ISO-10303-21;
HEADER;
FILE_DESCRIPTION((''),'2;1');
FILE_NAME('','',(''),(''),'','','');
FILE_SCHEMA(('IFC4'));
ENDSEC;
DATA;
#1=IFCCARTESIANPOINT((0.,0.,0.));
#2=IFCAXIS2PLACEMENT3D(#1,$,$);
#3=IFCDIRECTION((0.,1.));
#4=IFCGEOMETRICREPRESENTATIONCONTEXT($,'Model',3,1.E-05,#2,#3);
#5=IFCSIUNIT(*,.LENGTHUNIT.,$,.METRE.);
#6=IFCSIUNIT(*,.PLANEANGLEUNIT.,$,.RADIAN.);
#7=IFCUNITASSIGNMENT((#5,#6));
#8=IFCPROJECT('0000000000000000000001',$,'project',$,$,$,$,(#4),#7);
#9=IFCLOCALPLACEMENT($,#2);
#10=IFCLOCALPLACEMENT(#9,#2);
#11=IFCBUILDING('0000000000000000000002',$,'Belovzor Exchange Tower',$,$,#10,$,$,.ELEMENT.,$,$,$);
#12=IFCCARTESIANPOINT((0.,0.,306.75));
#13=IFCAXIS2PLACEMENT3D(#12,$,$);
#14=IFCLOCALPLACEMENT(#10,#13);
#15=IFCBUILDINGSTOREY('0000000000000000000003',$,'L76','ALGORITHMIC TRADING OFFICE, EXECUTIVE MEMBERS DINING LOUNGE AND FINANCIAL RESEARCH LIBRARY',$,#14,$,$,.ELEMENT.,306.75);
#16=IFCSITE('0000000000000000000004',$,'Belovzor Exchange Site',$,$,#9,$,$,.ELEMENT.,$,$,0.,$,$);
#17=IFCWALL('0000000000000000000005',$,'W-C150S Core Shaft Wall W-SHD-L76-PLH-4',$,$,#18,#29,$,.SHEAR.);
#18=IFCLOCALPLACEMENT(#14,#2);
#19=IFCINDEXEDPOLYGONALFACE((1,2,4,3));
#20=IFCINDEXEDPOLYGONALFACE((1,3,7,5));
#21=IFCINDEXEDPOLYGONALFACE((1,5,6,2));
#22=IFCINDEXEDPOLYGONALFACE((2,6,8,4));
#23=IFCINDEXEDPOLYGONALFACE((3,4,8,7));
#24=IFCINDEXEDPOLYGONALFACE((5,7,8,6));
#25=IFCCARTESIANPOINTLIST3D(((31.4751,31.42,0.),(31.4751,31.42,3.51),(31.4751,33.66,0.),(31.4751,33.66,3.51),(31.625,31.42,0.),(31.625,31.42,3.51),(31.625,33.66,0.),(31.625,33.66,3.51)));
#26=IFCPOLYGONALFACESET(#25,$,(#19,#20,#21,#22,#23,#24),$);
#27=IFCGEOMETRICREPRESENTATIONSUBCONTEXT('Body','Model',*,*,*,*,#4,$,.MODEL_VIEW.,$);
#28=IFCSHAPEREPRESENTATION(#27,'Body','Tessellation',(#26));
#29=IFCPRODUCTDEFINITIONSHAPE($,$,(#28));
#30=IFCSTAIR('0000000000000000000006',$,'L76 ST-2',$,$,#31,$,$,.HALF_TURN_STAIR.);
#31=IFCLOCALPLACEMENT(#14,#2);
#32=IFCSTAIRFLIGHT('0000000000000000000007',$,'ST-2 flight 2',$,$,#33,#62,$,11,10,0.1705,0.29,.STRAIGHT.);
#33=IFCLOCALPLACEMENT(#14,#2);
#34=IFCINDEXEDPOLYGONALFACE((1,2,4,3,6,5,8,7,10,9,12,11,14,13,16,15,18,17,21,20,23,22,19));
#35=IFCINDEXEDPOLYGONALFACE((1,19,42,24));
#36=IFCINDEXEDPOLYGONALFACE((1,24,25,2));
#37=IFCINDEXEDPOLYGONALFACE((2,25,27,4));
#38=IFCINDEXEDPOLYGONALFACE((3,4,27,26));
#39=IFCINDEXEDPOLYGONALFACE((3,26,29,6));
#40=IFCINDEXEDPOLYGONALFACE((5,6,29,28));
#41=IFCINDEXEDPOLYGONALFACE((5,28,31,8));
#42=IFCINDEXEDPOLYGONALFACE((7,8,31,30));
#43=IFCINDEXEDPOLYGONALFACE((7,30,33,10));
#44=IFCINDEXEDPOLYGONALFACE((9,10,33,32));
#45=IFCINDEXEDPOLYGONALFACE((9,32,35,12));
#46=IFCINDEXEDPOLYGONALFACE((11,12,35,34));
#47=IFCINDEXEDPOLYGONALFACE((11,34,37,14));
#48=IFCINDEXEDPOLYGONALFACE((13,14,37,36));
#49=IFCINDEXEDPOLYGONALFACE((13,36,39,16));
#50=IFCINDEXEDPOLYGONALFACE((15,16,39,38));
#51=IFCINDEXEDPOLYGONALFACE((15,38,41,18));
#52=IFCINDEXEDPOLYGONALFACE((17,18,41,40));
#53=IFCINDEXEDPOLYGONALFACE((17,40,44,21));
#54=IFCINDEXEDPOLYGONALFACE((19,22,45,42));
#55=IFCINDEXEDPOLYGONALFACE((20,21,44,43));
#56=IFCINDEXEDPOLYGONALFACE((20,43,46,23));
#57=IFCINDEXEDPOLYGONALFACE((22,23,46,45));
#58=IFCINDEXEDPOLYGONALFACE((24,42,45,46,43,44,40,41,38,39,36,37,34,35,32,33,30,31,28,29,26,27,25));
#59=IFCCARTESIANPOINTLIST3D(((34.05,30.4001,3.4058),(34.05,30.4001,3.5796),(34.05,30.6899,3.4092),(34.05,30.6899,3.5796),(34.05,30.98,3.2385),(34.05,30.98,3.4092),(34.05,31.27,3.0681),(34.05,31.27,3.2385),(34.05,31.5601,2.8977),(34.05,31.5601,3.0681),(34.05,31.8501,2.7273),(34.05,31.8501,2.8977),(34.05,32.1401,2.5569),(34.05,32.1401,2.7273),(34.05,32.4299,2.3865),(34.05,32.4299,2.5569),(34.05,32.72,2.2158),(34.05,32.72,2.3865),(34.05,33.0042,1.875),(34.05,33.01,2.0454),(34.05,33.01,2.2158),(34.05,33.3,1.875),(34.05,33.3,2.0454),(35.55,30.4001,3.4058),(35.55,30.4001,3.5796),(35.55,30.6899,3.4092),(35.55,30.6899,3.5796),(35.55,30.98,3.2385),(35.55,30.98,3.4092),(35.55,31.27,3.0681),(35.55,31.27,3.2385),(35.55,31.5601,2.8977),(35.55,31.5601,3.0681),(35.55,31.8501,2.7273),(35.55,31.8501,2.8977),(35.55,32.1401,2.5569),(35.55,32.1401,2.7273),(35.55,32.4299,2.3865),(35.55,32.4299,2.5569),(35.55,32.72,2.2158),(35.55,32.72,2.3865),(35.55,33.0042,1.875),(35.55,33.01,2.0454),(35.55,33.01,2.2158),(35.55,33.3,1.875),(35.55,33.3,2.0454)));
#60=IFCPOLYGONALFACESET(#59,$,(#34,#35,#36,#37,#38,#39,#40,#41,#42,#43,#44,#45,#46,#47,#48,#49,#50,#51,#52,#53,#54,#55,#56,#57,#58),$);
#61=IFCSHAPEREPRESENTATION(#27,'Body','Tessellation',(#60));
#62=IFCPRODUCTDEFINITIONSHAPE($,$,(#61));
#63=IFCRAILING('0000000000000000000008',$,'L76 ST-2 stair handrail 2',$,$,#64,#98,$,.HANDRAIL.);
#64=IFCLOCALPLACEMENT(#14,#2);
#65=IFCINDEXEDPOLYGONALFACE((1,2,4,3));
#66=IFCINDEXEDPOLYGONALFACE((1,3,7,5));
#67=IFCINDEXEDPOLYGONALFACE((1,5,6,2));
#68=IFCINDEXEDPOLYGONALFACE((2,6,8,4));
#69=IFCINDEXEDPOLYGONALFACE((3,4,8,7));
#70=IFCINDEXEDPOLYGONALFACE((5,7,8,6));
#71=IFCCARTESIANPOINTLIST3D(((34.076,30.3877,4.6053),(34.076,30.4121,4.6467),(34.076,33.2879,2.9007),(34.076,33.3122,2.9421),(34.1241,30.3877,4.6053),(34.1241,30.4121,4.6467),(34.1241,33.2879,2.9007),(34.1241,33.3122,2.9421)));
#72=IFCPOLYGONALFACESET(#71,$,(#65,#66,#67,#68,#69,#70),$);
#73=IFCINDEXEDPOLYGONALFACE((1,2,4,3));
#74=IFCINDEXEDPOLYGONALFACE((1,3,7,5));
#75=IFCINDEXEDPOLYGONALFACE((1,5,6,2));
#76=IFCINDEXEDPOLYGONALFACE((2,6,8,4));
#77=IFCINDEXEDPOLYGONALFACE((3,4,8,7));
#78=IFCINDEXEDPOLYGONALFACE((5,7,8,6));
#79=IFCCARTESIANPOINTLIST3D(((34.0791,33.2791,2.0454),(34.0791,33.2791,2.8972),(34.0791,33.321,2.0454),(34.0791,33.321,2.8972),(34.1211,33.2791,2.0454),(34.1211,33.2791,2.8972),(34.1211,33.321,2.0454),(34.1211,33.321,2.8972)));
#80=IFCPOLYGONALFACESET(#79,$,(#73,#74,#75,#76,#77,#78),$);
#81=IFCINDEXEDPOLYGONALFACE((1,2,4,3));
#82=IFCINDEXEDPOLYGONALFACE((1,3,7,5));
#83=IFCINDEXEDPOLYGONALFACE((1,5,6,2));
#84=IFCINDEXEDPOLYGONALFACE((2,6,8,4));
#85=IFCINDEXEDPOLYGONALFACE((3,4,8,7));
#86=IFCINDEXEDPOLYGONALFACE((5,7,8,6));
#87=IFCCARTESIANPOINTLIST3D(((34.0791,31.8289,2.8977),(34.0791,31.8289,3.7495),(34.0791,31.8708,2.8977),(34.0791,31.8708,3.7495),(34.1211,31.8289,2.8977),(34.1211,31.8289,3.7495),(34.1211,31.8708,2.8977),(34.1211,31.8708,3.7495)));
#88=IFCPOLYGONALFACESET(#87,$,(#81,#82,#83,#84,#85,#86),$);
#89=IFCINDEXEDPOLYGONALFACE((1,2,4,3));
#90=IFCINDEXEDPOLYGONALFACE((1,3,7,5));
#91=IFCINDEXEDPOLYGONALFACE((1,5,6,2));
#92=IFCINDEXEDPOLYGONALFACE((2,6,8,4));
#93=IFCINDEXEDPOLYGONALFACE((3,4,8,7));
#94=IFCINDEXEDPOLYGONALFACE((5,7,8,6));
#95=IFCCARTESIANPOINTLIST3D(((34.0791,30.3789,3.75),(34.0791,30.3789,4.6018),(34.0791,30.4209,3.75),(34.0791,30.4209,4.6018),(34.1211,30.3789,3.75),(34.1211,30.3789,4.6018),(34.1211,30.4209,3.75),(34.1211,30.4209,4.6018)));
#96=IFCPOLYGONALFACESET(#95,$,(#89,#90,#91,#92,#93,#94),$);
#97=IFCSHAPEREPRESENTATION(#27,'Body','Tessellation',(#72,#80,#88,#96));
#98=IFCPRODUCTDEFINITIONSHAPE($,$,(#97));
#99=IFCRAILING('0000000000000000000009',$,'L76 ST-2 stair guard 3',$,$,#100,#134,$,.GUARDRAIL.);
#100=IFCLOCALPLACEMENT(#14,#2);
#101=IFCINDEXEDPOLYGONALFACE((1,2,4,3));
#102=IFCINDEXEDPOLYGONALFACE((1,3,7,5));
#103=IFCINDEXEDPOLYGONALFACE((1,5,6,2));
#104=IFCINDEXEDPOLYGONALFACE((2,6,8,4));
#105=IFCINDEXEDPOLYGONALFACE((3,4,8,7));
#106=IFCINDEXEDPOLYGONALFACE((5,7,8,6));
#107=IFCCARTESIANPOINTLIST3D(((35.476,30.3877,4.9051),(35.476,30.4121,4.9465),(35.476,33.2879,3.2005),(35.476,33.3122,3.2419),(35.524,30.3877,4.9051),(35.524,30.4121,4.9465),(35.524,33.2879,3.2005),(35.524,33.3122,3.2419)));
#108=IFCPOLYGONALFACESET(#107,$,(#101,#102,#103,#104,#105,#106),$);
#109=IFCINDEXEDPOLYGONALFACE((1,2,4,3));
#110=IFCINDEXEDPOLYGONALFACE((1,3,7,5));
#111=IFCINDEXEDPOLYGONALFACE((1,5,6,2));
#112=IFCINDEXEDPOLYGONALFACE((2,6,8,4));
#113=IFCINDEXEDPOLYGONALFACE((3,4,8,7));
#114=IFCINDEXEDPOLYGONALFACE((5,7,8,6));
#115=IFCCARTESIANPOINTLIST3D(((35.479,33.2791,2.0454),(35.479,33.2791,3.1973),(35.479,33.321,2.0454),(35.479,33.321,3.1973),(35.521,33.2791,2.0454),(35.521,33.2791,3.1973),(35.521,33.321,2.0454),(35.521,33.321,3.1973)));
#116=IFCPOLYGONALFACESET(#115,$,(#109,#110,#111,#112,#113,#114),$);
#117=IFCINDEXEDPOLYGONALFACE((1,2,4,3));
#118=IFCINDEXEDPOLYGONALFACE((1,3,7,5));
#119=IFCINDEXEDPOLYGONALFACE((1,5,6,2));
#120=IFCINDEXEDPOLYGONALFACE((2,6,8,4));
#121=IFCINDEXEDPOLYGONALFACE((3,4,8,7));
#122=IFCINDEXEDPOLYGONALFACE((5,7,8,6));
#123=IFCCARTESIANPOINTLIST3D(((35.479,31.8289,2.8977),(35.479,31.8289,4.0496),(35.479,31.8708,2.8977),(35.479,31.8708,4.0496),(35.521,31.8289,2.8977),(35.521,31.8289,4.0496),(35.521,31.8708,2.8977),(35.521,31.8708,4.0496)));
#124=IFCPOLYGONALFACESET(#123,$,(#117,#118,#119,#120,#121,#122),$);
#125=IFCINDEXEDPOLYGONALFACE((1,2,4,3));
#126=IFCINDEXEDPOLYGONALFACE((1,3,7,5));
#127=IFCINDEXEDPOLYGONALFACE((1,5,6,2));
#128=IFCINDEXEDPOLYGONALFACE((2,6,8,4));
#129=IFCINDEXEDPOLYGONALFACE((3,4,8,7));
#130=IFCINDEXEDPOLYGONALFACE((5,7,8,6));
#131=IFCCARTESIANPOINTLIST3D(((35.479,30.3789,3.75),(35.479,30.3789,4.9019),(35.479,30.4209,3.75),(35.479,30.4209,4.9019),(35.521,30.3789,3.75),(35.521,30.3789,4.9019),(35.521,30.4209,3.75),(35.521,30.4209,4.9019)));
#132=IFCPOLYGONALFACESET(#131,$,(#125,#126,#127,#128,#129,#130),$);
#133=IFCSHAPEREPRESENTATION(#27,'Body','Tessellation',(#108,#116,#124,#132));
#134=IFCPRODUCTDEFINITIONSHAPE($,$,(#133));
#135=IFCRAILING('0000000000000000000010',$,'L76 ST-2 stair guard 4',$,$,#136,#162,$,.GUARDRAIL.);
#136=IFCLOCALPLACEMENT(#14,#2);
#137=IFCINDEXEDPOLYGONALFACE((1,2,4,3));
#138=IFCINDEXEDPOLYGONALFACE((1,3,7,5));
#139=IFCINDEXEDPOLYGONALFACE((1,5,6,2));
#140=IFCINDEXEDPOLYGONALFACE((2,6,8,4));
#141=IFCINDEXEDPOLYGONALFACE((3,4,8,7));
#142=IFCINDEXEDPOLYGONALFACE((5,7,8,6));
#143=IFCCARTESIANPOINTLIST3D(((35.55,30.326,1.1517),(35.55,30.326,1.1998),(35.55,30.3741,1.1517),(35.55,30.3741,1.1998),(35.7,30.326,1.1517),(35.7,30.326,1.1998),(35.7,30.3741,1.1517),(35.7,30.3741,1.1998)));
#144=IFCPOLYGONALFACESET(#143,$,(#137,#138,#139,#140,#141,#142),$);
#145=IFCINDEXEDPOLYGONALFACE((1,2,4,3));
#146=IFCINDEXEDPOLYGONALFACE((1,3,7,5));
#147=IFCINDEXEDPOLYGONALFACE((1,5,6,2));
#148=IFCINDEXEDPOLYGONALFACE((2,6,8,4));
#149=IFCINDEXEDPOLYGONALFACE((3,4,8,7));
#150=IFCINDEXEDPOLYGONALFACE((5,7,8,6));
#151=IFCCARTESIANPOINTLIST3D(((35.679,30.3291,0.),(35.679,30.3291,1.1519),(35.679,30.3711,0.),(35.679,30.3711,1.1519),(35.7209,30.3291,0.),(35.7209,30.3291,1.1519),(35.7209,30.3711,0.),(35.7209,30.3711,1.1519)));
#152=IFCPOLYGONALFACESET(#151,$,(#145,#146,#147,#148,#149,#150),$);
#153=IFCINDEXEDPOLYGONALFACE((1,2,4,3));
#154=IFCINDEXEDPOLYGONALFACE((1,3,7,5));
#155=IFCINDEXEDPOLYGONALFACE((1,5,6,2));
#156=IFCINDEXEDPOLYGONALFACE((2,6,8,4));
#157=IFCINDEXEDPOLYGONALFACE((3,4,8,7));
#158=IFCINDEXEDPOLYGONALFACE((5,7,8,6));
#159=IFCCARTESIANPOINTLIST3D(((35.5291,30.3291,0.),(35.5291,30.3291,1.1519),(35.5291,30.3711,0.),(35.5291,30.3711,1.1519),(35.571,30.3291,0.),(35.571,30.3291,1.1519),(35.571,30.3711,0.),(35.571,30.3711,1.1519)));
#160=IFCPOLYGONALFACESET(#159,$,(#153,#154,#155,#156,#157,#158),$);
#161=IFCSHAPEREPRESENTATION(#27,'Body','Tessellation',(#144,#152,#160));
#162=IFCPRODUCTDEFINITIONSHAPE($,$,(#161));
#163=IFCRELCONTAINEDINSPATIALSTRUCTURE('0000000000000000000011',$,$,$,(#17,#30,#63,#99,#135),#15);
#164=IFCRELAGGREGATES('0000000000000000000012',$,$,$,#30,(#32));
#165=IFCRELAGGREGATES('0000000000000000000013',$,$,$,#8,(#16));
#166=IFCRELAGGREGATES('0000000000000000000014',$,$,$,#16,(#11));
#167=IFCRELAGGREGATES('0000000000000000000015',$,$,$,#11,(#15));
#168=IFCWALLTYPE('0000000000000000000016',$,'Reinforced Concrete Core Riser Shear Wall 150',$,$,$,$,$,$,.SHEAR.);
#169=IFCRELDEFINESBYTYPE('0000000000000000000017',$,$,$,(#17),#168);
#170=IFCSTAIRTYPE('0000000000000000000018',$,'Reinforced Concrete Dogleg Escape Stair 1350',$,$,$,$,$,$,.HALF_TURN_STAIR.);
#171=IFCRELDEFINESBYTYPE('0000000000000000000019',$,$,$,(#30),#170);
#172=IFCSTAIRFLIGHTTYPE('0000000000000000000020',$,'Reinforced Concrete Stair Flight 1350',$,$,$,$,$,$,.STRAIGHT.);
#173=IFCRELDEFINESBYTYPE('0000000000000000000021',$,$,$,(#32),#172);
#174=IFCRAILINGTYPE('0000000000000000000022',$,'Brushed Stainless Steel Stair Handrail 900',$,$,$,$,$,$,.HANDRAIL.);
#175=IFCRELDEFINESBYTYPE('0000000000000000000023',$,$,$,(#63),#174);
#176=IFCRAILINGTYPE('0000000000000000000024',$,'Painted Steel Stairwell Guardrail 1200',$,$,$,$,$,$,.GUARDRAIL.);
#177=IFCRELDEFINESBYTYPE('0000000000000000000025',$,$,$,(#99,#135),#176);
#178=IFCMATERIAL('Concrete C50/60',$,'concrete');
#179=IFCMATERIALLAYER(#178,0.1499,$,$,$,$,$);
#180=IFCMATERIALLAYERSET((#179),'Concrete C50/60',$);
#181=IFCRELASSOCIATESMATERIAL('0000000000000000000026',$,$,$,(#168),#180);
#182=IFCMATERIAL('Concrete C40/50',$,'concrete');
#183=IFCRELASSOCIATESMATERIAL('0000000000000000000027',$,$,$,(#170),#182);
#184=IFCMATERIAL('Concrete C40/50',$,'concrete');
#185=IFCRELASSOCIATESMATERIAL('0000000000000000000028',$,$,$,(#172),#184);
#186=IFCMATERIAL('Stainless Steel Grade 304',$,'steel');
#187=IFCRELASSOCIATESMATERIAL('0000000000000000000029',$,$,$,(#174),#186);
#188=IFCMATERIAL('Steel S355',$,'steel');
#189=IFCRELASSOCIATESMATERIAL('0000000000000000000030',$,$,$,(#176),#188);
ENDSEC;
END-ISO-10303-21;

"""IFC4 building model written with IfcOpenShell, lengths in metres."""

from ifc_helpers import new_model, si_unit, direction, frame, frame_2d, origin, origin_2d, place, context, subcontext, project, spatial, polyline, rectangle, outline, extrude, material, layer, layer_set, type_object, element, aggregate, save


model = new_model("IFC4")

# Units and contexts
model_context = context("Model", 3, precision=1e-05, world=origin(), true_north=direction((0.0, 1.0)))
body_context = subcontext(model_context, "Body", "Model", "MODEL_VIEW")
ifc_project = project(units=[si_unit("LENGTHUNIT", "METRE"), si_unit("PLANEANGLEUNIT", "RADIAN")], contexts=[model_context])

# Site, building, storey
site_placement = place(None, origin())
site = spatial("IfcSite", under=ifc_project, at=site_placement, Name="Belovzor Exchange Site", CompositionType="ELEMENT", RefElevation=0.0)
building_placement = place(site_placement, origin())
building = spatial("IfcBuilding", under=site, at=building_placement, Name="Belovzor Exchange Tower", CompositionType="ELEMENT")
storey_placement = place(building_placement, frame((0.0, 0.0, 306.75)))
storey = spatial("IfcBuildingStorey", under=building, at=storey_placement, Name="L76", Description="ALGORITHMIC TRADING OFFICE, EXECUTIVE MEMBERS DINING LOUNGE AND FINANCIAL RESEARCH LIBRARY", CompositionType="ELEMENT", Elevation=306.75)

# Wall
ifc_material_1 = material(Name="Concrete C50/60", Category="concrete")
ifc_layer_1 = layer(ifc_material_1, 0.1499)
ifc_layer_set_1 = layer_set([ifc_layer_1], Name="Concrete C50/60")
wall_type_1 = type_object("IfcWallType", Name="Reinforced Concrete Core Riser Shear Wall 150", PredefinedType="SHEAR", material=ifc_layer_set_1)
for number, where, z_axis, x_axis, name in (
    (1, (31.55, 31.4199, 0.0), (0.0, 0.0, 1.0), (0.0, 1.0, 0.0), "W-C150S Core Shaft Wall W-SHD-L76-PLH-4"),
):
    element("IfcWall", number, at=place(storey_placement, frame(where, z_axis=z_axis, x_axis=x_axis)), inside=storey, type_object=wall_type_1, Name=name, PredefinedType="SHEAR", context=body_context, shape_type="SweptSolid", body=[
        extrude(rectangle(XDim=2.24, YDim=0.1499, at=frame_2d((1.1201, 0.0))), origin(), (0.0, 0.0, 1.0), 3.51),
    ])

# Stair, stair flight
ifc_material_2 = material(Name="Concrete C40/50", Category="concrete")
stair_type = type_object("IfcStairType", Name="Reinforced Concrete Dogleg Escape Stair 1350", PredefinedType="HALF_TURN_STAIR", material=ifc_material_2)
stair_placement = place(storey_placement, origin())
stair = element("IfcStair", 2, at=stair_placement, inside=storey, type_object=stair_type, Name="L76 ST-2", PredefinedType="HALF_TURN_STAIR")
ifc_material_3 = material(Name="Concrete C40/50", Category="concrete")
stair_flight_type = type_object("IfcStairFlightType", Name="Reinforced Concrete Stair Flight 1350", PredefinedType="STRAIGHT", material=ifc_material_3)
stair_flight_placement = place(storey_placement, frame((34.8, 33.3, 1.875), z_axis=(0.0, 0.0, 1.0), x_axis=(0.0, -1.0, 0.0)))
stair_flight = element("IfcStairFlight", 3, at=stair_flight_placement, type_object=stair_flight_type, Name="ST-2 flight 2", NumberOfRisers=11, NumberOfTreads=10, PredefinedType="STRAIGHT", RiserHeight=0.1705, TreadLength=0.29, context=body_context, shape_type="SweptSolid", body=[
    extrude(outline(polyline([(0.0, 0.0), (0.0, 0.1704), (0.29, 0.1704), (0.29, 0.3408), (0.5801, 0.3408), (0.5801, 0.5115), (0.8701, 0.5115), (0.8701, 0.6819), (1.1599, 0.6819), (1.1599, 0.8523), (1.45, 0.8523), (1.45, 1.0227), (1.74, 1.0227), (1.74, 1.1931), (2.03, 1.1931), (2.03, 1.3635), (2.3201, 1.3635), (2.3201, 1.5342), (2.6101, 1.5342), (2.6101, 1.7046), (2.8999, 1.7046), (2.8999, 1.875), (2.8999, 1.5308), (0.2959, 0.0), (0.0, 0.0)])), frame((0.0, 0.75, 0.0), z_axis=(0.0, -1.0, 0.0), x_axis=(1.0, 0.0, 0.0)), (0.0, 0.0, 1.0), 1.5),
])
aggregate(stair, [stair_flight])

# Railings
ifc_material_4 = material(Name="Stainless Steel Grade 304", Category="steel")
railing_type_1 = type_object("IfcRailingType", Name="Brushed Stainless Steel Stair Handrail 900", PredefinedType="HANDRAIL", material=ifc_material_4)
railing_1_placement = place(storey_placement, frame((34.1001, 33.3, 2.0454)))
element("IfcRailing", 4, at=railing_1_placement, inside=storey, type_object=railing_type_1, Name="L76 ST-2 stair handrail 2", PredefinedType="HANDRAIL", context=body_context, shape_type="SweptSolid", body=[
    extrude(rectangle(XDim=0.0481, YDim=0.0481, at=origin_2d()), frame((0.0, 0.0, 0.876), z_axis=(0.0, -0.862113, 0.506716), x_axis=(1.0, 0.0, 0.0)), (0.0, 0.0, 1.0), 3.364),
    extrude(rectangle(XDim=0.042, YDim=0.042, at=origin_2d()), origin(), (0.0, 0.0, 1.0), 0.8518),
    extrude(rectangle(XDim=0.042, YDim=0.042, at=origin_2d()), frame((0.0, -1.4502, 0.8523)), (0.0, 0.0, 1.0), 0.8518),
    extrude(rectangle(XDim=0.042, YDim=0.042, at=origin_2d()), frame((0.0, -2.9001, 1.7046)), (0.0, 0.0, 1.0), 0.8518),
])
ifc_material_5 = material(Name="Steel S355", Category="steel")
railing_type_2 = type_object("IfcRailingType", Name="Painted Steel Stairwell Guardrail 1200", PredefinedType="GUARDRAIL", material=ifc_material_5)
railing_2_placement = place(storey_placement, frame((35.5, 33.3, 2.0454)))
element("IfcRailing", 5, at=railing_2_placement, inside=storey, type_object=railing_type_2, Name="L76 ST-2 stair guard 3", PredefinedType="GUARDRAIL", context=body_context, shape_type="SweptSolid", body=[
    extrude(rectangle(XDim=0.0481, YDim=0.0481, at=origin_2d()), frame((0.0, 0.0, 1.1758), z_axis=(0.0, -0.862113, 0.506716), x_axis=(1.0, 0.0, 0.0)), (0.0, 0.0, 1.0), 3.364),
    extrude(rectangle(XDim=0.042, YDim=0.042, at=origin_2d()), origin(), (0.0, 0.0, 1.0), 1.1519),
    extrude(rectangle(XDim=0.042, YDim=0.042, at=origin_2d()), frame((0.0, -1.4502, 0.8523)), (0.0, 0.0, 1.0), 1.1519),
    extrude(rectangle(XDim=0.042, YDim=0.042, at=origin_2d()), frame((0.0, -2.9001, 1.7046)), (0.0, 0.0, 1.0), 1.1519),
])
railing_3_placement = place(storey_placement, frame((35.7, 30.3501, 0.0)))
element("IfcRailing", 6, at=railing_3_placement, inside=storey, type_object=railing_type_2, Name="L76 ST-2 stair guard 4", PredefinedType="GUARDRAIL", context=body_context, shape_type="SweptSolid", body=[
    extrude(rectangle(XDim=0.0481, YDim=0.0481, at=origin_2d()), frame((0.0, 0.0, 1.1758), z_axis=(-1.0, 0.0, 0.0), x_axis=(0.0, -1.0, 0.0)), (0.0, 0.0, 1.0), 0.1499),
    extrude(rectangle(XDim=0.042, YDim=0.042, at=origin_2d()), origin(), (0.0, 0.0, 1.0), 1.1519),
    extrude(rectangle(XDim=0.042, YDim=0.042, at=origin_2d()), frame((-0.1499, 0.0, 0.0)), (0.0, 0.0, 1.0), 1.1519),
])

save(model, "model.ifc")
